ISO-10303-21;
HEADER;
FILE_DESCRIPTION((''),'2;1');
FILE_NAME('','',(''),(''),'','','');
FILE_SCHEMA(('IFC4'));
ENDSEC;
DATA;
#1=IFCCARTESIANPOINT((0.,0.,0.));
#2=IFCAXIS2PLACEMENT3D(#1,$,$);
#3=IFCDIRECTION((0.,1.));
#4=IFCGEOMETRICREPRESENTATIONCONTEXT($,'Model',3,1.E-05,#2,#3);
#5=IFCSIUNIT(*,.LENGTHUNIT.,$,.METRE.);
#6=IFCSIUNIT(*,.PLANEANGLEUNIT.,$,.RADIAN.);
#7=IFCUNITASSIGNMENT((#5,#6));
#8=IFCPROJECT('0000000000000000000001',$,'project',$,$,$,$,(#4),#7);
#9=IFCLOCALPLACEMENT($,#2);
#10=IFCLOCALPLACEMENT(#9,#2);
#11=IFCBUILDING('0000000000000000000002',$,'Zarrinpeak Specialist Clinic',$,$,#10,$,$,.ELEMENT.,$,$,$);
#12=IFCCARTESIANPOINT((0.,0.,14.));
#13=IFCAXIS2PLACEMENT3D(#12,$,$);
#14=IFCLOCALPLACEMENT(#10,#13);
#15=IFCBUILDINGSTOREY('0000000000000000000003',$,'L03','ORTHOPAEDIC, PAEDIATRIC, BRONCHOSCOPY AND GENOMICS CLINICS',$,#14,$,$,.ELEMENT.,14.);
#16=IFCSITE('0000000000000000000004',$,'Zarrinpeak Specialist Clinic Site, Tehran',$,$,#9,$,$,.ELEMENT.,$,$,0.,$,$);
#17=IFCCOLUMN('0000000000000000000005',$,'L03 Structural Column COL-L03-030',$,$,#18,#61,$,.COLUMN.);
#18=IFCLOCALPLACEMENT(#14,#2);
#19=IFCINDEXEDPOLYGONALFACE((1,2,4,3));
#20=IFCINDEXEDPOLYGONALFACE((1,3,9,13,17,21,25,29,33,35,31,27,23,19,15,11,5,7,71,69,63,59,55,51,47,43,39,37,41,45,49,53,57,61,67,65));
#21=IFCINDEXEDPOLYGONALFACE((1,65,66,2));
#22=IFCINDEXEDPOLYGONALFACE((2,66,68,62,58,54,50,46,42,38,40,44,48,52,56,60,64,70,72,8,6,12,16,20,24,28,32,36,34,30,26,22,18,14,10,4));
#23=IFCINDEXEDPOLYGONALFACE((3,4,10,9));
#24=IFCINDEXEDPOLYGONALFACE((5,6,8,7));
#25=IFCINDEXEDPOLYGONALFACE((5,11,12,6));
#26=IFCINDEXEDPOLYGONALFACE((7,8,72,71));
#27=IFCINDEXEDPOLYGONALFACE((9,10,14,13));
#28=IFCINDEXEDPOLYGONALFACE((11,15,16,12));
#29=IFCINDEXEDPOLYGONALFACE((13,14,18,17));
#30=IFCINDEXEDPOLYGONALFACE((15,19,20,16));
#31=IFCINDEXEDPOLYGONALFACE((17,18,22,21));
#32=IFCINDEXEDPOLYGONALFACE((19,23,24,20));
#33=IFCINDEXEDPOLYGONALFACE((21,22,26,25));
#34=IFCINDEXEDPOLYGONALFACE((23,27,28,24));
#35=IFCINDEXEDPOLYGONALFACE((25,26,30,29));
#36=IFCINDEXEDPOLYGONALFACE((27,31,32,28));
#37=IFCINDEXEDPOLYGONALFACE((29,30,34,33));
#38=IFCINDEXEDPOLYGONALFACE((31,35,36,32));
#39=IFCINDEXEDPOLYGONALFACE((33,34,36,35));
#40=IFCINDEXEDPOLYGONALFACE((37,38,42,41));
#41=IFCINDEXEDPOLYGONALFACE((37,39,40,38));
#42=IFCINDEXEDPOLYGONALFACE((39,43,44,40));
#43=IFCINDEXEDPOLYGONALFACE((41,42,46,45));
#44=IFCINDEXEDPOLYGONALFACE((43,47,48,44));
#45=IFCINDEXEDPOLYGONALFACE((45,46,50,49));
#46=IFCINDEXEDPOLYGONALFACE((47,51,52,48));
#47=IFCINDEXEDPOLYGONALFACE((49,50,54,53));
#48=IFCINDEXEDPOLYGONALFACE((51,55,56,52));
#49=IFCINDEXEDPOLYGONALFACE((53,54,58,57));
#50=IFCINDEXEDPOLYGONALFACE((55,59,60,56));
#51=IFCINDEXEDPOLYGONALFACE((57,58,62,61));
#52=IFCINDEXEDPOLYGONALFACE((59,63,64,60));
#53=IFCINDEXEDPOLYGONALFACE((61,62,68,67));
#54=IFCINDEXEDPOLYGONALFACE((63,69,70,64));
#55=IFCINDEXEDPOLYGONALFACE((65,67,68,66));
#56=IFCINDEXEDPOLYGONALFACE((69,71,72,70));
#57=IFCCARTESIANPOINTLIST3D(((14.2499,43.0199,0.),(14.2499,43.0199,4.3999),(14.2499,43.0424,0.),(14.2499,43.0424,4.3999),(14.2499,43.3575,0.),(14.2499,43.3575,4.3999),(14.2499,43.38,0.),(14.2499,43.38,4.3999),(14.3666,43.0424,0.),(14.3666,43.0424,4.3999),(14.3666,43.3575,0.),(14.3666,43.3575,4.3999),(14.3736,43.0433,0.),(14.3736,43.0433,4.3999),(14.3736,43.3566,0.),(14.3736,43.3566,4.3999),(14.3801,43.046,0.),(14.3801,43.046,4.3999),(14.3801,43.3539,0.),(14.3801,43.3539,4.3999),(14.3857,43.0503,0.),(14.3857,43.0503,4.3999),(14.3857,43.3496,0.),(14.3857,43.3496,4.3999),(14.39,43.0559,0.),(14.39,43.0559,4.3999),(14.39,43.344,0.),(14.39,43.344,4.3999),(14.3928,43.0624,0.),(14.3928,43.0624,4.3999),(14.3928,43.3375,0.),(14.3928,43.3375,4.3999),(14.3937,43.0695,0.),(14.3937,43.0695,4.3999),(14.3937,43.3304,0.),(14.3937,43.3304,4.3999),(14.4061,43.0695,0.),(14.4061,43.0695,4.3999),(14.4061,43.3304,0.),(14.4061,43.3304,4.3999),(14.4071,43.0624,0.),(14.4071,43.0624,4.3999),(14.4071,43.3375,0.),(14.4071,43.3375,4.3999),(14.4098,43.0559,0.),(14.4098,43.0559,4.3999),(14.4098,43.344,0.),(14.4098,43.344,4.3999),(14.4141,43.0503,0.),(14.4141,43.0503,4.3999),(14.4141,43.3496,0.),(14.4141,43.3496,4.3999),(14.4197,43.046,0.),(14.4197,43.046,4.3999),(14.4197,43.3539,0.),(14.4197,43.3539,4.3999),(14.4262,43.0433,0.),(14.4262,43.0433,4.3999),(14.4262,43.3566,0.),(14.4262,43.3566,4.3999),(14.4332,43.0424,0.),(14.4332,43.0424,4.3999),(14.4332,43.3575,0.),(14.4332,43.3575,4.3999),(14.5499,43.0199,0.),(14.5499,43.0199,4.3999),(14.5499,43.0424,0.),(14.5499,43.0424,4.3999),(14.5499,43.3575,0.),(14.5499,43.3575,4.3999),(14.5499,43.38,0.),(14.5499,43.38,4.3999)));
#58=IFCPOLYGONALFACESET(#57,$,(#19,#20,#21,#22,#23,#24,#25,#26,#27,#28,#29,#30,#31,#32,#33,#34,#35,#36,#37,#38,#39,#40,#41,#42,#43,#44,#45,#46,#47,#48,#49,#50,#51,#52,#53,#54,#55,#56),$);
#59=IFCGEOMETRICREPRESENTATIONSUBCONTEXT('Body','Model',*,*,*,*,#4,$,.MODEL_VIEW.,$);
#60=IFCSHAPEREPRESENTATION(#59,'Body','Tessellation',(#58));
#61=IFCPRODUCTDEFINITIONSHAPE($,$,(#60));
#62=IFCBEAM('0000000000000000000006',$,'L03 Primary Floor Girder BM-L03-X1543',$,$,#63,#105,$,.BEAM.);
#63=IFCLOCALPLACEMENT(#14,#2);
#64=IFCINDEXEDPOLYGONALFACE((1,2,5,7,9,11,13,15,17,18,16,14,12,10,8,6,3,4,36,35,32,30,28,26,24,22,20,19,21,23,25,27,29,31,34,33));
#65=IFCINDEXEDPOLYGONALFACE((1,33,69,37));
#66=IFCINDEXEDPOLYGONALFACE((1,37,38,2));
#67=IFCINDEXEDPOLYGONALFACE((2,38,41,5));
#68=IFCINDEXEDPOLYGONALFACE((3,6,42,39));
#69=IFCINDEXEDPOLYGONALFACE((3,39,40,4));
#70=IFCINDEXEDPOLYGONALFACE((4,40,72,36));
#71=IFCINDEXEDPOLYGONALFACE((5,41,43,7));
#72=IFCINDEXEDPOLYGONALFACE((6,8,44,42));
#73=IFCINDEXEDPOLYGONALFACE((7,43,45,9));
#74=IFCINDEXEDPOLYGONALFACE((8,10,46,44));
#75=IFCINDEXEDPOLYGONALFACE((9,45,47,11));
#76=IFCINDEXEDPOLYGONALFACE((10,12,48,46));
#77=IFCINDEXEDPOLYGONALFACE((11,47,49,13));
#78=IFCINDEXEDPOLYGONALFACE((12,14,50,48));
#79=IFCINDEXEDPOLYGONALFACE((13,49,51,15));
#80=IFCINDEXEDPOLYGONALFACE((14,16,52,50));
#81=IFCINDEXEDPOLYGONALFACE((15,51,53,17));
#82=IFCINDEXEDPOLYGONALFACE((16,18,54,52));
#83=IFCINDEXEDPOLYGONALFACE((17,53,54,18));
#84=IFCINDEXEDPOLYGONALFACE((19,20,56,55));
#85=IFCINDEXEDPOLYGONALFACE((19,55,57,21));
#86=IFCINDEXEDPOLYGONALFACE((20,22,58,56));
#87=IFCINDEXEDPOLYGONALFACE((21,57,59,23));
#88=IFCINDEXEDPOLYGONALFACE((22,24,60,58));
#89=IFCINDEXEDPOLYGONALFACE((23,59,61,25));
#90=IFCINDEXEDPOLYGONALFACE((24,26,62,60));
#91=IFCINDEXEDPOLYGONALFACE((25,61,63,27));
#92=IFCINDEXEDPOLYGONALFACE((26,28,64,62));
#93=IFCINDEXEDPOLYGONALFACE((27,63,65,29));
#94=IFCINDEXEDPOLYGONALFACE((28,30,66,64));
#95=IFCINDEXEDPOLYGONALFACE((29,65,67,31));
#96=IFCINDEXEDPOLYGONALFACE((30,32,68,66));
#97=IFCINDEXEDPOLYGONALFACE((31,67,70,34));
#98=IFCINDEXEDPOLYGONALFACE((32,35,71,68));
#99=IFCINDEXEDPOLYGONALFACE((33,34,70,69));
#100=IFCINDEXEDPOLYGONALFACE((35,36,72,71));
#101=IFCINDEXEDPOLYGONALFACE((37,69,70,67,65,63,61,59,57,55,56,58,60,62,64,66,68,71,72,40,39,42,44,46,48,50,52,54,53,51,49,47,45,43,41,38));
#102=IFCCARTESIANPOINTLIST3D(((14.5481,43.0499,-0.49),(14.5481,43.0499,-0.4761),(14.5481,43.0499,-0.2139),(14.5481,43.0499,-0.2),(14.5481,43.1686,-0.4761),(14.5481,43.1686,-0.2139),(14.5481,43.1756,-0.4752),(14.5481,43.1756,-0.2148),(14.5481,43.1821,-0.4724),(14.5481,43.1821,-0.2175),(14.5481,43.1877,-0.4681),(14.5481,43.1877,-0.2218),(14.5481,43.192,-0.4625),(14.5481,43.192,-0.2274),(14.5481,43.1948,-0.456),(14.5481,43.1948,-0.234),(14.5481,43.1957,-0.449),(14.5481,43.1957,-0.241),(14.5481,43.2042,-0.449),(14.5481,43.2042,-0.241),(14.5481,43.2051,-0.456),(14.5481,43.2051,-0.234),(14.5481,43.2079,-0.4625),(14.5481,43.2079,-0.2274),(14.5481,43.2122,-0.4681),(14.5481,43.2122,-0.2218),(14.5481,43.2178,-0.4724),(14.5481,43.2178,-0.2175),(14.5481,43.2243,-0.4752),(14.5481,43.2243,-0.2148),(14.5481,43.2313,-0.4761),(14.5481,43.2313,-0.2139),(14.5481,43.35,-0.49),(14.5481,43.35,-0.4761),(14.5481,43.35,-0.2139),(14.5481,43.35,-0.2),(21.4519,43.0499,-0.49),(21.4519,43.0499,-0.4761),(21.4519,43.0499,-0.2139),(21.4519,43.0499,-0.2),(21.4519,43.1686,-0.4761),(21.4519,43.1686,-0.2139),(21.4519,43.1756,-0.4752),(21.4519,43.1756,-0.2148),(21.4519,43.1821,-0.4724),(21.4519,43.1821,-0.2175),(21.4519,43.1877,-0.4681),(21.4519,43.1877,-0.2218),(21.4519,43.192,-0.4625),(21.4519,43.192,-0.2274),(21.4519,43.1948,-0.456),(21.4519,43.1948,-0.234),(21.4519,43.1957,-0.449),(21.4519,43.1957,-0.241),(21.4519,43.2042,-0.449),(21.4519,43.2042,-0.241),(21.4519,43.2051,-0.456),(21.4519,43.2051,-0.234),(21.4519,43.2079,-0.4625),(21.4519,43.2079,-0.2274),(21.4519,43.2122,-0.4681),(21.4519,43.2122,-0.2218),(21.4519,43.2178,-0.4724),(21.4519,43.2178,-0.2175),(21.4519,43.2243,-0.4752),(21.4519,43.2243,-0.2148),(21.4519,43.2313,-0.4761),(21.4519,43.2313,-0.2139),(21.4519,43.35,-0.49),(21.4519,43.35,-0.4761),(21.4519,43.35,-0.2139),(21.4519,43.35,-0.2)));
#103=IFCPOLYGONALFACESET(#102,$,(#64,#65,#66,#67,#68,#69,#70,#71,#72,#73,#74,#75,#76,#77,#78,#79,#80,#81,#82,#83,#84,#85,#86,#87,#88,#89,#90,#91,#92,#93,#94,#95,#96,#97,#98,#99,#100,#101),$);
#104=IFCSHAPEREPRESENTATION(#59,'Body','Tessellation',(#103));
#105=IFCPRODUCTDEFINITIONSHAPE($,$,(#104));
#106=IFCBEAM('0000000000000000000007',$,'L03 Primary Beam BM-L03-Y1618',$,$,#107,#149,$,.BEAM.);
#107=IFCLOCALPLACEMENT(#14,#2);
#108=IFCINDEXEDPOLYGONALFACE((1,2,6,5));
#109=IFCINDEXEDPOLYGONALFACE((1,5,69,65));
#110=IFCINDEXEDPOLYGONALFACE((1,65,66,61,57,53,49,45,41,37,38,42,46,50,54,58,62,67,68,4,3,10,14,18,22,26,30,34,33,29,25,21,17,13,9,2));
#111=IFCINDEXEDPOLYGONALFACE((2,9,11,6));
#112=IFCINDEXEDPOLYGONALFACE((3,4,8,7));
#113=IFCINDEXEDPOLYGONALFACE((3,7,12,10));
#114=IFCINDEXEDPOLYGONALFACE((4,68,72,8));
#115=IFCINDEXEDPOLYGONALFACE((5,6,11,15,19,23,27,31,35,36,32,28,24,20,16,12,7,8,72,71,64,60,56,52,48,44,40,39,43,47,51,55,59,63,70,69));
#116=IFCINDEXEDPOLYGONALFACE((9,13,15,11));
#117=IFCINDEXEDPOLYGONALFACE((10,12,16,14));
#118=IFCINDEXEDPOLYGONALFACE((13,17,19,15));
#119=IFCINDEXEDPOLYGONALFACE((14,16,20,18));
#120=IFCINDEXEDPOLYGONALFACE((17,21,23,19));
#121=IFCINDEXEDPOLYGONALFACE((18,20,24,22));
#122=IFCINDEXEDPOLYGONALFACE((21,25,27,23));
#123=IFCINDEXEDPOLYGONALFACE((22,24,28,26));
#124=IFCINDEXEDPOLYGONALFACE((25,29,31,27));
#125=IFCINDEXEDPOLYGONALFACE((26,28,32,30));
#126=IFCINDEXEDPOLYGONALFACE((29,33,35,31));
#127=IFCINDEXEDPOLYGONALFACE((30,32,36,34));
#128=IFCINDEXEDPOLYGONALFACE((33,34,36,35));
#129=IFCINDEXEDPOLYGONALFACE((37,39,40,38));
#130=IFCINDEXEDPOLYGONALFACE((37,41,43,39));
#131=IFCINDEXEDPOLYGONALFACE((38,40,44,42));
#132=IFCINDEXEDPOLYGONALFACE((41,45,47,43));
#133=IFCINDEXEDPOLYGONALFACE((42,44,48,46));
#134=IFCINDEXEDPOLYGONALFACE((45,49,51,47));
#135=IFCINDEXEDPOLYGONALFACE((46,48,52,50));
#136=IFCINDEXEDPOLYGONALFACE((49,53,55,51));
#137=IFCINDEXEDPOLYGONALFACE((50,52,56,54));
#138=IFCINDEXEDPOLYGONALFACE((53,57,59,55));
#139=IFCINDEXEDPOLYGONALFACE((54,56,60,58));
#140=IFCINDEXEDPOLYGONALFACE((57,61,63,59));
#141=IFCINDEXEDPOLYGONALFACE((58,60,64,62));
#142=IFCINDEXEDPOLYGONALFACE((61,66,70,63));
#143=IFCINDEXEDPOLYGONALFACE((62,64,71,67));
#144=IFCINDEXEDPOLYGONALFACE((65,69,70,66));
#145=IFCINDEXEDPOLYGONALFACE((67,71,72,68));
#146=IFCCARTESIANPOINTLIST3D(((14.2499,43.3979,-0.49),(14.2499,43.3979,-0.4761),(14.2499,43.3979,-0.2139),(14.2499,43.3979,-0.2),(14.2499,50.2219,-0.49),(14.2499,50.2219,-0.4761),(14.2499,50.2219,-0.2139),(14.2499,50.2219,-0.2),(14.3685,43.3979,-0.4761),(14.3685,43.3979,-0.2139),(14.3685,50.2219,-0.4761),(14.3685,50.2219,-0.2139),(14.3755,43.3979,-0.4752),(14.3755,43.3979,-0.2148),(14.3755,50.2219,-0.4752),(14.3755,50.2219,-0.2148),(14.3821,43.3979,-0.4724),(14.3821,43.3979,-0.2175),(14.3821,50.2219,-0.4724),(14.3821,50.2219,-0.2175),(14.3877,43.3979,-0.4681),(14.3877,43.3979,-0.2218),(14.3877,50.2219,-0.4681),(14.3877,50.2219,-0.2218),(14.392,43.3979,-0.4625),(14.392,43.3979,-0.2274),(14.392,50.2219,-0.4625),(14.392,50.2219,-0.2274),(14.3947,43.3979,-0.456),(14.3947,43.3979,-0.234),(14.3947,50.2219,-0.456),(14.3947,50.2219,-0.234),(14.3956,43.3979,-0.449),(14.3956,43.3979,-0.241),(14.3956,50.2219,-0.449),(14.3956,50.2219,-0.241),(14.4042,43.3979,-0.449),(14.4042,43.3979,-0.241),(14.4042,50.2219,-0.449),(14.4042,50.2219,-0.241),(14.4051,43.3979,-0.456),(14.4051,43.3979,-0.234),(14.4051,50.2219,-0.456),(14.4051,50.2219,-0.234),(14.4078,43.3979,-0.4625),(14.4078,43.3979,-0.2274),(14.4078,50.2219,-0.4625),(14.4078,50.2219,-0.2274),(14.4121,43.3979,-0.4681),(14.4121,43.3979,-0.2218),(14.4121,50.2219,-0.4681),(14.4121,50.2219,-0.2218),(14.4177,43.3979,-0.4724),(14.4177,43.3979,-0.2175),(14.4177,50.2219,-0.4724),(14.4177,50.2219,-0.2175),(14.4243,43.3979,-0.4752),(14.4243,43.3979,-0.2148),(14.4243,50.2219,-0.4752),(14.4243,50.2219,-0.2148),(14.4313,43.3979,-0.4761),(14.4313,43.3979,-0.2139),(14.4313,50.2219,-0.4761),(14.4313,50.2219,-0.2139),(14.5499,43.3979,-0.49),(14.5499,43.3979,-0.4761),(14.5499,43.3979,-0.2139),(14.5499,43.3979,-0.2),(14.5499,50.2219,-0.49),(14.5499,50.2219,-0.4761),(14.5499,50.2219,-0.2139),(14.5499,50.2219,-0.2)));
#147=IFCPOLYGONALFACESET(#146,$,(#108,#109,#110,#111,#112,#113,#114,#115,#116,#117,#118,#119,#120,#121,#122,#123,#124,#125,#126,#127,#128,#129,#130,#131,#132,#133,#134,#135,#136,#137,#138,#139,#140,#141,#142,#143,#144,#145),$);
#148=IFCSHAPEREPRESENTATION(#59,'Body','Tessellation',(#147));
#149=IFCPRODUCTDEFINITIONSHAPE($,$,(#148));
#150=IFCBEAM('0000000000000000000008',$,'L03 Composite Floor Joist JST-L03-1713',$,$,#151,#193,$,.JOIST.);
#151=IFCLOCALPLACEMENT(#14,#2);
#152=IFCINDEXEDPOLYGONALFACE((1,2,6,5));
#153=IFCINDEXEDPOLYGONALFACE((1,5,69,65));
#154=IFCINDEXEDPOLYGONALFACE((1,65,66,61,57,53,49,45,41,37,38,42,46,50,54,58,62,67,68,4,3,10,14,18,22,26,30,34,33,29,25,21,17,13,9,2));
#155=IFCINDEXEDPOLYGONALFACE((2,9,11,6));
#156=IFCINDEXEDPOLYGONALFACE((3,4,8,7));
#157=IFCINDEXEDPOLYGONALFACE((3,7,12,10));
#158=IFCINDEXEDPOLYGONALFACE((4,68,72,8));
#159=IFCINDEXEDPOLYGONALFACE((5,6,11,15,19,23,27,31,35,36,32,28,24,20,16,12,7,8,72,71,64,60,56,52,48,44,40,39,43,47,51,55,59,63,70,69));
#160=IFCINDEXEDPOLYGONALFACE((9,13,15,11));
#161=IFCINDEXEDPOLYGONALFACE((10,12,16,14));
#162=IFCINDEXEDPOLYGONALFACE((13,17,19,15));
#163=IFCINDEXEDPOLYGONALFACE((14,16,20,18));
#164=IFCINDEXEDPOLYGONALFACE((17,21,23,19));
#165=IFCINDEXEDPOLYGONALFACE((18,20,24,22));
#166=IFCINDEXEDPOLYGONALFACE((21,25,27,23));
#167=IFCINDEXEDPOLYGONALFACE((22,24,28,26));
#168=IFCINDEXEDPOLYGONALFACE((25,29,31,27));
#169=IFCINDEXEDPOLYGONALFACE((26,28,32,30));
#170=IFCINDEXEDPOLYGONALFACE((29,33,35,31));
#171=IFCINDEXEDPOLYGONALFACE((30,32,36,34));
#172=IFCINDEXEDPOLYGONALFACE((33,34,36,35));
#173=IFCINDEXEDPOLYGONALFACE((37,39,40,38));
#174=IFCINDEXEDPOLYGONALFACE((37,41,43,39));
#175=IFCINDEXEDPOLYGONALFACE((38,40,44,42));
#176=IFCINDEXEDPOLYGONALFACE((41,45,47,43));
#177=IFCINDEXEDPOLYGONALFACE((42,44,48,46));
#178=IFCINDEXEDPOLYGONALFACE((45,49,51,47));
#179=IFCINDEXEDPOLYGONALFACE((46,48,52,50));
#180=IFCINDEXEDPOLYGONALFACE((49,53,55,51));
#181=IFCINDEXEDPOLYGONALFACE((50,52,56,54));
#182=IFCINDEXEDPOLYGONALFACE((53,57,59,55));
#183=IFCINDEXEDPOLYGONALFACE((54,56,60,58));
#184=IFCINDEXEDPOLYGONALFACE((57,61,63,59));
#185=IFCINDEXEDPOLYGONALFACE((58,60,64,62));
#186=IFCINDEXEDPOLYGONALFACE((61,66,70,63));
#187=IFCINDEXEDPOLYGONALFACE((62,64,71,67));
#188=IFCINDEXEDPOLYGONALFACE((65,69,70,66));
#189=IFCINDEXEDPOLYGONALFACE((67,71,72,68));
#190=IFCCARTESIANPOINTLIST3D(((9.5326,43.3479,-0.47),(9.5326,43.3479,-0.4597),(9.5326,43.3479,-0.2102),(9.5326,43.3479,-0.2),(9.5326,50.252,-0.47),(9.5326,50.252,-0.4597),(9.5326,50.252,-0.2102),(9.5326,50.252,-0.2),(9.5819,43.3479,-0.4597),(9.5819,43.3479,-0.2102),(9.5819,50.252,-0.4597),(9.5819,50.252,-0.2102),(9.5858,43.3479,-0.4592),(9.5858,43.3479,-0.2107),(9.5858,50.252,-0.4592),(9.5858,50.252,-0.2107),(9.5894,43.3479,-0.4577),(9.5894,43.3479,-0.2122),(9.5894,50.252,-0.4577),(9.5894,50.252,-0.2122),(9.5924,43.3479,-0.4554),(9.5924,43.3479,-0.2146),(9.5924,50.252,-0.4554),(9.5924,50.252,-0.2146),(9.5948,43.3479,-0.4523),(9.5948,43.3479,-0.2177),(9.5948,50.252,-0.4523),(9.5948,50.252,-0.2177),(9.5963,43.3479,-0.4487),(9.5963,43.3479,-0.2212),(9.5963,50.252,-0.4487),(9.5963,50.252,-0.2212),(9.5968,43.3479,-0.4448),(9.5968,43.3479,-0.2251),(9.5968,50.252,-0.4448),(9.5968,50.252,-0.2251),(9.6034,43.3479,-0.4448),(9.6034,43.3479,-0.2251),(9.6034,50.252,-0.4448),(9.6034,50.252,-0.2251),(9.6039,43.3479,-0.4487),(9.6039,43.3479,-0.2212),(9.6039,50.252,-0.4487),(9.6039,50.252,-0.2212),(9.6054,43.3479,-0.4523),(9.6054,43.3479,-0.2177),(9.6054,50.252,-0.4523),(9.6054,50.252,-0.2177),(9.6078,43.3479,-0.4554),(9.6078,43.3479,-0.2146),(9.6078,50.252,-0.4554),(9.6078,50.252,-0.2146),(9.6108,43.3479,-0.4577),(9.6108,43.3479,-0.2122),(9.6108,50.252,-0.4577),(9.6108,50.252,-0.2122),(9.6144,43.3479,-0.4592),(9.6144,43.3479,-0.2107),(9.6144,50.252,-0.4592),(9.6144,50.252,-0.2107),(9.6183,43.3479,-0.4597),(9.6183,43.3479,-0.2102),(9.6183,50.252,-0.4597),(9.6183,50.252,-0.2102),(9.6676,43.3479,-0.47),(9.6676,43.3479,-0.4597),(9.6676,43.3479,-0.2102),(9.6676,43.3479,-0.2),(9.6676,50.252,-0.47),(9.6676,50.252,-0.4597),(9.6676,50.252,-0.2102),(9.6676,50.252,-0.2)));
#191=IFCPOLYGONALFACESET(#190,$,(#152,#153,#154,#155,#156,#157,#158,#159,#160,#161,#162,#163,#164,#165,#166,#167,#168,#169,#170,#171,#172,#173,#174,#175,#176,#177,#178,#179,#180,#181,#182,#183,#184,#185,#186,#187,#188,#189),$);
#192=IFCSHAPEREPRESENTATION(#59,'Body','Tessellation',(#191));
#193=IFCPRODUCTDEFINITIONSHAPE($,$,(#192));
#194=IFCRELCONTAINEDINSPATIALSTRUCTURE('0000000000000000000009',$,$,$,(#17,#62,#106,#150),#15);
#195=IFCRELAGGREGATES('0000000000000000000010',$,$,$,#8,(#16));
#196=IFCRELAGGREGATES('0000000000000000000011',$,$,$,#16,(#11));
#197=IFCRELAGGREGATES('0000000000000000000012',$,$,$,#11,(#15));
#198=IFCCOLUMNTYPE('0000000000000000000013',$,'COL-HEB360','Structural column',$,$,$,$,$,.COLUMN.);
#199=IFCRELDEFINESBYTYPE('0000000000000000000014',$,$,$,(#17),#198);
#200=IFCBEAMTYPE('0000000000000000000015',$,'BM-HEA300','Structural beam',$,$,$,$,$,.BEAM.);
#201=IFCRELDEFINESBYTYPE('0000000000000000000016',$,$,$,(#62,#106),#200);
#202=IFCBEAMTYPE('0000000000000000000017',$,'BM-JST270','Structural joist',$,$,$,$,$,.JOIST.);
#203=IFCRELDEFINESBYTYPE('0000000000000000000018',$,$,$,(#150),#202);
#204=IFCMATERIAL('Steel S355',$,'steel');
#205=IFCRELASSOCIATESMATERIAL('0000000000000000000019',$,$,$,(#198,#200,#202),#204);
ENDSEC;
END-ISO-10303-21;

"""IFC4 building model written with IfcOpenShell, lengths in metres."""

from ifc_helpers import new_model, si_unit, direction, frame, origin, origin_2d, place, context, subcontext, project, spatial, i_section, extrude, material, material_profile, profile_set, type_object, element, save


model = new_model("IFC4")

# Units and contexts
model_context = context("Model", 3, precision=1e-05, world=origin(), true_north=direction((0.0, 1.0)))
body_context = subcontext(model_context, "Body", "Model", "MODEL_VIEW")
ifc_project = project(units=[si_unit("LENGTHUNIT", "METRE"), si_unit("PLANEANGLEUNIT", "RADIAN")], contexts=[model_context])

# Site, building, storey
site_placement = place(None, origin())
site = spatial("IfcSite", under=ifc_project, at=site_placement, Name="Zarrinpeak Specialist Clinic Site, Tehran", CompositionType="ELEMENT", RefElevation=0.0)
building_placement = place(site_placement, origin())
building = spatial("IfcBuilding", under=site, at=building_placement, Name="Zarrinpeak Specialist Clinic", CompositionType="ELEMENT")
storey_placement = place(building_placement, frame((0.0, 0.0, 14.0)))
storey = spatial("IfcBuildingStorey", under=building, at=storey_placement, Name="L03", Description="ORTHOPAEDIC, PAEDIATRIC, BRONCHOSCOPY AND GENOMICS CLINICS", CompositionType="ELEMENT", Elevation=14.0)

# Column
ifc_material_1 = material(Name="Steel S355", Category="steel")
ifc_material_profile_1 = material_profile(ifc_material_1, i_section(OverallWidth=0.3, OverallDepth=0.3601, WebThickness=0.0125, FlangeThickness=0.0225, FilletRadius=0.0271, at=origin_2d()), Name="HEB 360")
ifc_profile_set_1 = profile_set([ifc_material_profile_1], Name="Steel S355")
column_type = type_object("IfcColumnType", Name="COL-HEB360", Description="Structural column", PredefinedType="COLUMN", material=ifc_profile_set_1)
column_placement = place(storey_placement, frame((14.3999, 43.2, 0.0), z_axis=(0.0, 0.0, 1.0), x_axis=(1.0, 0.0, 0.0)))
element("IfcColumn", 1, at=column_placement, inside=storey, type_object=column_type, Name="L03 Structural Column COL-L03-030", PredefinedType="COLUMN", context=body_context, shape_type="SweptSolid", body=[
    extrude(i_section(OverallWidth=0.3, OverallDepth=0.3601, WebThickness=0.0125, FlangeThickness=0.0225, FilletRadius=0.0271, at=origin_2d()), origin(), (0.0, 0.0, 1.0), 4.3999),
])

# Beams
ifc_material_profile_2 = material_profile(ifc_material_1, i_section(OverallWidth=0.3, OverallDepth=0.29, WebThickness=0.0085, FlangeThickness=0.0139, FilletRadius=0.0271, at=origin_2d()), Name="HEA 300")
ifc_profile_set_2 = profile_set([ifc_material_profile_2], Name="Steel S355")
beam_type_1 = type_object("IfcBeamType", Name="BM-HEA300", Description="Structural beam", PredefinedType="BEAM", material=ifc_profile_set_2)
beam_1_placement = place(storey_placement, frame((14.5481, 43.2, -0.345), z_axis=(1.0, 0.0, 0.0), x_axis=(0.0, 1.0, 0.0)))
element("IfcBeam", 2, at=beam_1_placement, inside=storey, type_object=beam_type_1, Name="L03 Primary Floor Girder BM-L03-X1543", PredefinedType="BEAM", context=body_context, shape_type="SweptSolid", body=[
    extrude(i_section(OverallWidth=0.3, OverallDepth=0.29, WebThickness=0.0085, FlangeThickness=0.0139, FilletRadius=0.0271, at=origin_2d()), origin(), (0.0, 0.0, 1.0), 6.9038),
])
beam_2_placement = place(storey_placement, frame((14.3999, 43.3979, -0.345), z_axis=(0.0, 1.0, 0.0), x_axis=(-1.0, 0.0, 0.0)))
element("IfcBeam", 3, at=beam_2_placement, inside=storey, type_object=beam_type_1, Name="L03 Primary Beam BM-L03-Y1618", PredefinedType="BEAM", context=body_context, shape_type="SweptSolid", body=[
    extrude(i_section(OverallWidth=0.3, OverallDepth=0.29, WebThickness=0.0085, FlangeThickness=0.0139, FilletRadius=0.0271, at=origin_2d()), origin(), (0.0, 0.0, 1.0), 6.824),
])
ifc_material_profile_3 = material_profile(ifc_material_1, i_section(OverallWidth=0.135, OverallDepth=0.27, WebThickness=0.0066, FlangeThickness=0.0103, FilletRadius=0.0149, at=origin_2d()), Name="IPE 270")
ifc_profile_set_3 = profile_set([ifc_material_profile_3], Name="Steel S355")
beam_type_2 = type_object("IfcBeamType", Name="BM-JST270", Description="Structural joist", PredefinedType="JOIST", material=ifc_profile_set_3)
for number, where, z_axis, x_axis, name in (
    (4, (9.6001, 43.3479, -0.335), (0.0, 1.0, 0.0), (-1.0, 0.0, 0.0), "L03 Composite Floor Joist JST-L03-1713"),
):
    element("IfcBeam", number, at=place(storey_placement, frame(where, z_axis=z_axis, x_axis=x_axis)), inside=storey, type_object=beam_type_2, Name=name, PredefinedType="JOIST", context=body_context, shape_type="SweptSolid", body=[
        extrude(i_section(OverallWidth=0.135, OverallDepth=0.27, WebThickness=0.0066, FlangeThickness=0.0103, FilletRadius=0.0149, at=origin_2d()), origin(), (0.0, 0.0, 1.0), 6.9041),
    ])

save(model, "model.ifc")
